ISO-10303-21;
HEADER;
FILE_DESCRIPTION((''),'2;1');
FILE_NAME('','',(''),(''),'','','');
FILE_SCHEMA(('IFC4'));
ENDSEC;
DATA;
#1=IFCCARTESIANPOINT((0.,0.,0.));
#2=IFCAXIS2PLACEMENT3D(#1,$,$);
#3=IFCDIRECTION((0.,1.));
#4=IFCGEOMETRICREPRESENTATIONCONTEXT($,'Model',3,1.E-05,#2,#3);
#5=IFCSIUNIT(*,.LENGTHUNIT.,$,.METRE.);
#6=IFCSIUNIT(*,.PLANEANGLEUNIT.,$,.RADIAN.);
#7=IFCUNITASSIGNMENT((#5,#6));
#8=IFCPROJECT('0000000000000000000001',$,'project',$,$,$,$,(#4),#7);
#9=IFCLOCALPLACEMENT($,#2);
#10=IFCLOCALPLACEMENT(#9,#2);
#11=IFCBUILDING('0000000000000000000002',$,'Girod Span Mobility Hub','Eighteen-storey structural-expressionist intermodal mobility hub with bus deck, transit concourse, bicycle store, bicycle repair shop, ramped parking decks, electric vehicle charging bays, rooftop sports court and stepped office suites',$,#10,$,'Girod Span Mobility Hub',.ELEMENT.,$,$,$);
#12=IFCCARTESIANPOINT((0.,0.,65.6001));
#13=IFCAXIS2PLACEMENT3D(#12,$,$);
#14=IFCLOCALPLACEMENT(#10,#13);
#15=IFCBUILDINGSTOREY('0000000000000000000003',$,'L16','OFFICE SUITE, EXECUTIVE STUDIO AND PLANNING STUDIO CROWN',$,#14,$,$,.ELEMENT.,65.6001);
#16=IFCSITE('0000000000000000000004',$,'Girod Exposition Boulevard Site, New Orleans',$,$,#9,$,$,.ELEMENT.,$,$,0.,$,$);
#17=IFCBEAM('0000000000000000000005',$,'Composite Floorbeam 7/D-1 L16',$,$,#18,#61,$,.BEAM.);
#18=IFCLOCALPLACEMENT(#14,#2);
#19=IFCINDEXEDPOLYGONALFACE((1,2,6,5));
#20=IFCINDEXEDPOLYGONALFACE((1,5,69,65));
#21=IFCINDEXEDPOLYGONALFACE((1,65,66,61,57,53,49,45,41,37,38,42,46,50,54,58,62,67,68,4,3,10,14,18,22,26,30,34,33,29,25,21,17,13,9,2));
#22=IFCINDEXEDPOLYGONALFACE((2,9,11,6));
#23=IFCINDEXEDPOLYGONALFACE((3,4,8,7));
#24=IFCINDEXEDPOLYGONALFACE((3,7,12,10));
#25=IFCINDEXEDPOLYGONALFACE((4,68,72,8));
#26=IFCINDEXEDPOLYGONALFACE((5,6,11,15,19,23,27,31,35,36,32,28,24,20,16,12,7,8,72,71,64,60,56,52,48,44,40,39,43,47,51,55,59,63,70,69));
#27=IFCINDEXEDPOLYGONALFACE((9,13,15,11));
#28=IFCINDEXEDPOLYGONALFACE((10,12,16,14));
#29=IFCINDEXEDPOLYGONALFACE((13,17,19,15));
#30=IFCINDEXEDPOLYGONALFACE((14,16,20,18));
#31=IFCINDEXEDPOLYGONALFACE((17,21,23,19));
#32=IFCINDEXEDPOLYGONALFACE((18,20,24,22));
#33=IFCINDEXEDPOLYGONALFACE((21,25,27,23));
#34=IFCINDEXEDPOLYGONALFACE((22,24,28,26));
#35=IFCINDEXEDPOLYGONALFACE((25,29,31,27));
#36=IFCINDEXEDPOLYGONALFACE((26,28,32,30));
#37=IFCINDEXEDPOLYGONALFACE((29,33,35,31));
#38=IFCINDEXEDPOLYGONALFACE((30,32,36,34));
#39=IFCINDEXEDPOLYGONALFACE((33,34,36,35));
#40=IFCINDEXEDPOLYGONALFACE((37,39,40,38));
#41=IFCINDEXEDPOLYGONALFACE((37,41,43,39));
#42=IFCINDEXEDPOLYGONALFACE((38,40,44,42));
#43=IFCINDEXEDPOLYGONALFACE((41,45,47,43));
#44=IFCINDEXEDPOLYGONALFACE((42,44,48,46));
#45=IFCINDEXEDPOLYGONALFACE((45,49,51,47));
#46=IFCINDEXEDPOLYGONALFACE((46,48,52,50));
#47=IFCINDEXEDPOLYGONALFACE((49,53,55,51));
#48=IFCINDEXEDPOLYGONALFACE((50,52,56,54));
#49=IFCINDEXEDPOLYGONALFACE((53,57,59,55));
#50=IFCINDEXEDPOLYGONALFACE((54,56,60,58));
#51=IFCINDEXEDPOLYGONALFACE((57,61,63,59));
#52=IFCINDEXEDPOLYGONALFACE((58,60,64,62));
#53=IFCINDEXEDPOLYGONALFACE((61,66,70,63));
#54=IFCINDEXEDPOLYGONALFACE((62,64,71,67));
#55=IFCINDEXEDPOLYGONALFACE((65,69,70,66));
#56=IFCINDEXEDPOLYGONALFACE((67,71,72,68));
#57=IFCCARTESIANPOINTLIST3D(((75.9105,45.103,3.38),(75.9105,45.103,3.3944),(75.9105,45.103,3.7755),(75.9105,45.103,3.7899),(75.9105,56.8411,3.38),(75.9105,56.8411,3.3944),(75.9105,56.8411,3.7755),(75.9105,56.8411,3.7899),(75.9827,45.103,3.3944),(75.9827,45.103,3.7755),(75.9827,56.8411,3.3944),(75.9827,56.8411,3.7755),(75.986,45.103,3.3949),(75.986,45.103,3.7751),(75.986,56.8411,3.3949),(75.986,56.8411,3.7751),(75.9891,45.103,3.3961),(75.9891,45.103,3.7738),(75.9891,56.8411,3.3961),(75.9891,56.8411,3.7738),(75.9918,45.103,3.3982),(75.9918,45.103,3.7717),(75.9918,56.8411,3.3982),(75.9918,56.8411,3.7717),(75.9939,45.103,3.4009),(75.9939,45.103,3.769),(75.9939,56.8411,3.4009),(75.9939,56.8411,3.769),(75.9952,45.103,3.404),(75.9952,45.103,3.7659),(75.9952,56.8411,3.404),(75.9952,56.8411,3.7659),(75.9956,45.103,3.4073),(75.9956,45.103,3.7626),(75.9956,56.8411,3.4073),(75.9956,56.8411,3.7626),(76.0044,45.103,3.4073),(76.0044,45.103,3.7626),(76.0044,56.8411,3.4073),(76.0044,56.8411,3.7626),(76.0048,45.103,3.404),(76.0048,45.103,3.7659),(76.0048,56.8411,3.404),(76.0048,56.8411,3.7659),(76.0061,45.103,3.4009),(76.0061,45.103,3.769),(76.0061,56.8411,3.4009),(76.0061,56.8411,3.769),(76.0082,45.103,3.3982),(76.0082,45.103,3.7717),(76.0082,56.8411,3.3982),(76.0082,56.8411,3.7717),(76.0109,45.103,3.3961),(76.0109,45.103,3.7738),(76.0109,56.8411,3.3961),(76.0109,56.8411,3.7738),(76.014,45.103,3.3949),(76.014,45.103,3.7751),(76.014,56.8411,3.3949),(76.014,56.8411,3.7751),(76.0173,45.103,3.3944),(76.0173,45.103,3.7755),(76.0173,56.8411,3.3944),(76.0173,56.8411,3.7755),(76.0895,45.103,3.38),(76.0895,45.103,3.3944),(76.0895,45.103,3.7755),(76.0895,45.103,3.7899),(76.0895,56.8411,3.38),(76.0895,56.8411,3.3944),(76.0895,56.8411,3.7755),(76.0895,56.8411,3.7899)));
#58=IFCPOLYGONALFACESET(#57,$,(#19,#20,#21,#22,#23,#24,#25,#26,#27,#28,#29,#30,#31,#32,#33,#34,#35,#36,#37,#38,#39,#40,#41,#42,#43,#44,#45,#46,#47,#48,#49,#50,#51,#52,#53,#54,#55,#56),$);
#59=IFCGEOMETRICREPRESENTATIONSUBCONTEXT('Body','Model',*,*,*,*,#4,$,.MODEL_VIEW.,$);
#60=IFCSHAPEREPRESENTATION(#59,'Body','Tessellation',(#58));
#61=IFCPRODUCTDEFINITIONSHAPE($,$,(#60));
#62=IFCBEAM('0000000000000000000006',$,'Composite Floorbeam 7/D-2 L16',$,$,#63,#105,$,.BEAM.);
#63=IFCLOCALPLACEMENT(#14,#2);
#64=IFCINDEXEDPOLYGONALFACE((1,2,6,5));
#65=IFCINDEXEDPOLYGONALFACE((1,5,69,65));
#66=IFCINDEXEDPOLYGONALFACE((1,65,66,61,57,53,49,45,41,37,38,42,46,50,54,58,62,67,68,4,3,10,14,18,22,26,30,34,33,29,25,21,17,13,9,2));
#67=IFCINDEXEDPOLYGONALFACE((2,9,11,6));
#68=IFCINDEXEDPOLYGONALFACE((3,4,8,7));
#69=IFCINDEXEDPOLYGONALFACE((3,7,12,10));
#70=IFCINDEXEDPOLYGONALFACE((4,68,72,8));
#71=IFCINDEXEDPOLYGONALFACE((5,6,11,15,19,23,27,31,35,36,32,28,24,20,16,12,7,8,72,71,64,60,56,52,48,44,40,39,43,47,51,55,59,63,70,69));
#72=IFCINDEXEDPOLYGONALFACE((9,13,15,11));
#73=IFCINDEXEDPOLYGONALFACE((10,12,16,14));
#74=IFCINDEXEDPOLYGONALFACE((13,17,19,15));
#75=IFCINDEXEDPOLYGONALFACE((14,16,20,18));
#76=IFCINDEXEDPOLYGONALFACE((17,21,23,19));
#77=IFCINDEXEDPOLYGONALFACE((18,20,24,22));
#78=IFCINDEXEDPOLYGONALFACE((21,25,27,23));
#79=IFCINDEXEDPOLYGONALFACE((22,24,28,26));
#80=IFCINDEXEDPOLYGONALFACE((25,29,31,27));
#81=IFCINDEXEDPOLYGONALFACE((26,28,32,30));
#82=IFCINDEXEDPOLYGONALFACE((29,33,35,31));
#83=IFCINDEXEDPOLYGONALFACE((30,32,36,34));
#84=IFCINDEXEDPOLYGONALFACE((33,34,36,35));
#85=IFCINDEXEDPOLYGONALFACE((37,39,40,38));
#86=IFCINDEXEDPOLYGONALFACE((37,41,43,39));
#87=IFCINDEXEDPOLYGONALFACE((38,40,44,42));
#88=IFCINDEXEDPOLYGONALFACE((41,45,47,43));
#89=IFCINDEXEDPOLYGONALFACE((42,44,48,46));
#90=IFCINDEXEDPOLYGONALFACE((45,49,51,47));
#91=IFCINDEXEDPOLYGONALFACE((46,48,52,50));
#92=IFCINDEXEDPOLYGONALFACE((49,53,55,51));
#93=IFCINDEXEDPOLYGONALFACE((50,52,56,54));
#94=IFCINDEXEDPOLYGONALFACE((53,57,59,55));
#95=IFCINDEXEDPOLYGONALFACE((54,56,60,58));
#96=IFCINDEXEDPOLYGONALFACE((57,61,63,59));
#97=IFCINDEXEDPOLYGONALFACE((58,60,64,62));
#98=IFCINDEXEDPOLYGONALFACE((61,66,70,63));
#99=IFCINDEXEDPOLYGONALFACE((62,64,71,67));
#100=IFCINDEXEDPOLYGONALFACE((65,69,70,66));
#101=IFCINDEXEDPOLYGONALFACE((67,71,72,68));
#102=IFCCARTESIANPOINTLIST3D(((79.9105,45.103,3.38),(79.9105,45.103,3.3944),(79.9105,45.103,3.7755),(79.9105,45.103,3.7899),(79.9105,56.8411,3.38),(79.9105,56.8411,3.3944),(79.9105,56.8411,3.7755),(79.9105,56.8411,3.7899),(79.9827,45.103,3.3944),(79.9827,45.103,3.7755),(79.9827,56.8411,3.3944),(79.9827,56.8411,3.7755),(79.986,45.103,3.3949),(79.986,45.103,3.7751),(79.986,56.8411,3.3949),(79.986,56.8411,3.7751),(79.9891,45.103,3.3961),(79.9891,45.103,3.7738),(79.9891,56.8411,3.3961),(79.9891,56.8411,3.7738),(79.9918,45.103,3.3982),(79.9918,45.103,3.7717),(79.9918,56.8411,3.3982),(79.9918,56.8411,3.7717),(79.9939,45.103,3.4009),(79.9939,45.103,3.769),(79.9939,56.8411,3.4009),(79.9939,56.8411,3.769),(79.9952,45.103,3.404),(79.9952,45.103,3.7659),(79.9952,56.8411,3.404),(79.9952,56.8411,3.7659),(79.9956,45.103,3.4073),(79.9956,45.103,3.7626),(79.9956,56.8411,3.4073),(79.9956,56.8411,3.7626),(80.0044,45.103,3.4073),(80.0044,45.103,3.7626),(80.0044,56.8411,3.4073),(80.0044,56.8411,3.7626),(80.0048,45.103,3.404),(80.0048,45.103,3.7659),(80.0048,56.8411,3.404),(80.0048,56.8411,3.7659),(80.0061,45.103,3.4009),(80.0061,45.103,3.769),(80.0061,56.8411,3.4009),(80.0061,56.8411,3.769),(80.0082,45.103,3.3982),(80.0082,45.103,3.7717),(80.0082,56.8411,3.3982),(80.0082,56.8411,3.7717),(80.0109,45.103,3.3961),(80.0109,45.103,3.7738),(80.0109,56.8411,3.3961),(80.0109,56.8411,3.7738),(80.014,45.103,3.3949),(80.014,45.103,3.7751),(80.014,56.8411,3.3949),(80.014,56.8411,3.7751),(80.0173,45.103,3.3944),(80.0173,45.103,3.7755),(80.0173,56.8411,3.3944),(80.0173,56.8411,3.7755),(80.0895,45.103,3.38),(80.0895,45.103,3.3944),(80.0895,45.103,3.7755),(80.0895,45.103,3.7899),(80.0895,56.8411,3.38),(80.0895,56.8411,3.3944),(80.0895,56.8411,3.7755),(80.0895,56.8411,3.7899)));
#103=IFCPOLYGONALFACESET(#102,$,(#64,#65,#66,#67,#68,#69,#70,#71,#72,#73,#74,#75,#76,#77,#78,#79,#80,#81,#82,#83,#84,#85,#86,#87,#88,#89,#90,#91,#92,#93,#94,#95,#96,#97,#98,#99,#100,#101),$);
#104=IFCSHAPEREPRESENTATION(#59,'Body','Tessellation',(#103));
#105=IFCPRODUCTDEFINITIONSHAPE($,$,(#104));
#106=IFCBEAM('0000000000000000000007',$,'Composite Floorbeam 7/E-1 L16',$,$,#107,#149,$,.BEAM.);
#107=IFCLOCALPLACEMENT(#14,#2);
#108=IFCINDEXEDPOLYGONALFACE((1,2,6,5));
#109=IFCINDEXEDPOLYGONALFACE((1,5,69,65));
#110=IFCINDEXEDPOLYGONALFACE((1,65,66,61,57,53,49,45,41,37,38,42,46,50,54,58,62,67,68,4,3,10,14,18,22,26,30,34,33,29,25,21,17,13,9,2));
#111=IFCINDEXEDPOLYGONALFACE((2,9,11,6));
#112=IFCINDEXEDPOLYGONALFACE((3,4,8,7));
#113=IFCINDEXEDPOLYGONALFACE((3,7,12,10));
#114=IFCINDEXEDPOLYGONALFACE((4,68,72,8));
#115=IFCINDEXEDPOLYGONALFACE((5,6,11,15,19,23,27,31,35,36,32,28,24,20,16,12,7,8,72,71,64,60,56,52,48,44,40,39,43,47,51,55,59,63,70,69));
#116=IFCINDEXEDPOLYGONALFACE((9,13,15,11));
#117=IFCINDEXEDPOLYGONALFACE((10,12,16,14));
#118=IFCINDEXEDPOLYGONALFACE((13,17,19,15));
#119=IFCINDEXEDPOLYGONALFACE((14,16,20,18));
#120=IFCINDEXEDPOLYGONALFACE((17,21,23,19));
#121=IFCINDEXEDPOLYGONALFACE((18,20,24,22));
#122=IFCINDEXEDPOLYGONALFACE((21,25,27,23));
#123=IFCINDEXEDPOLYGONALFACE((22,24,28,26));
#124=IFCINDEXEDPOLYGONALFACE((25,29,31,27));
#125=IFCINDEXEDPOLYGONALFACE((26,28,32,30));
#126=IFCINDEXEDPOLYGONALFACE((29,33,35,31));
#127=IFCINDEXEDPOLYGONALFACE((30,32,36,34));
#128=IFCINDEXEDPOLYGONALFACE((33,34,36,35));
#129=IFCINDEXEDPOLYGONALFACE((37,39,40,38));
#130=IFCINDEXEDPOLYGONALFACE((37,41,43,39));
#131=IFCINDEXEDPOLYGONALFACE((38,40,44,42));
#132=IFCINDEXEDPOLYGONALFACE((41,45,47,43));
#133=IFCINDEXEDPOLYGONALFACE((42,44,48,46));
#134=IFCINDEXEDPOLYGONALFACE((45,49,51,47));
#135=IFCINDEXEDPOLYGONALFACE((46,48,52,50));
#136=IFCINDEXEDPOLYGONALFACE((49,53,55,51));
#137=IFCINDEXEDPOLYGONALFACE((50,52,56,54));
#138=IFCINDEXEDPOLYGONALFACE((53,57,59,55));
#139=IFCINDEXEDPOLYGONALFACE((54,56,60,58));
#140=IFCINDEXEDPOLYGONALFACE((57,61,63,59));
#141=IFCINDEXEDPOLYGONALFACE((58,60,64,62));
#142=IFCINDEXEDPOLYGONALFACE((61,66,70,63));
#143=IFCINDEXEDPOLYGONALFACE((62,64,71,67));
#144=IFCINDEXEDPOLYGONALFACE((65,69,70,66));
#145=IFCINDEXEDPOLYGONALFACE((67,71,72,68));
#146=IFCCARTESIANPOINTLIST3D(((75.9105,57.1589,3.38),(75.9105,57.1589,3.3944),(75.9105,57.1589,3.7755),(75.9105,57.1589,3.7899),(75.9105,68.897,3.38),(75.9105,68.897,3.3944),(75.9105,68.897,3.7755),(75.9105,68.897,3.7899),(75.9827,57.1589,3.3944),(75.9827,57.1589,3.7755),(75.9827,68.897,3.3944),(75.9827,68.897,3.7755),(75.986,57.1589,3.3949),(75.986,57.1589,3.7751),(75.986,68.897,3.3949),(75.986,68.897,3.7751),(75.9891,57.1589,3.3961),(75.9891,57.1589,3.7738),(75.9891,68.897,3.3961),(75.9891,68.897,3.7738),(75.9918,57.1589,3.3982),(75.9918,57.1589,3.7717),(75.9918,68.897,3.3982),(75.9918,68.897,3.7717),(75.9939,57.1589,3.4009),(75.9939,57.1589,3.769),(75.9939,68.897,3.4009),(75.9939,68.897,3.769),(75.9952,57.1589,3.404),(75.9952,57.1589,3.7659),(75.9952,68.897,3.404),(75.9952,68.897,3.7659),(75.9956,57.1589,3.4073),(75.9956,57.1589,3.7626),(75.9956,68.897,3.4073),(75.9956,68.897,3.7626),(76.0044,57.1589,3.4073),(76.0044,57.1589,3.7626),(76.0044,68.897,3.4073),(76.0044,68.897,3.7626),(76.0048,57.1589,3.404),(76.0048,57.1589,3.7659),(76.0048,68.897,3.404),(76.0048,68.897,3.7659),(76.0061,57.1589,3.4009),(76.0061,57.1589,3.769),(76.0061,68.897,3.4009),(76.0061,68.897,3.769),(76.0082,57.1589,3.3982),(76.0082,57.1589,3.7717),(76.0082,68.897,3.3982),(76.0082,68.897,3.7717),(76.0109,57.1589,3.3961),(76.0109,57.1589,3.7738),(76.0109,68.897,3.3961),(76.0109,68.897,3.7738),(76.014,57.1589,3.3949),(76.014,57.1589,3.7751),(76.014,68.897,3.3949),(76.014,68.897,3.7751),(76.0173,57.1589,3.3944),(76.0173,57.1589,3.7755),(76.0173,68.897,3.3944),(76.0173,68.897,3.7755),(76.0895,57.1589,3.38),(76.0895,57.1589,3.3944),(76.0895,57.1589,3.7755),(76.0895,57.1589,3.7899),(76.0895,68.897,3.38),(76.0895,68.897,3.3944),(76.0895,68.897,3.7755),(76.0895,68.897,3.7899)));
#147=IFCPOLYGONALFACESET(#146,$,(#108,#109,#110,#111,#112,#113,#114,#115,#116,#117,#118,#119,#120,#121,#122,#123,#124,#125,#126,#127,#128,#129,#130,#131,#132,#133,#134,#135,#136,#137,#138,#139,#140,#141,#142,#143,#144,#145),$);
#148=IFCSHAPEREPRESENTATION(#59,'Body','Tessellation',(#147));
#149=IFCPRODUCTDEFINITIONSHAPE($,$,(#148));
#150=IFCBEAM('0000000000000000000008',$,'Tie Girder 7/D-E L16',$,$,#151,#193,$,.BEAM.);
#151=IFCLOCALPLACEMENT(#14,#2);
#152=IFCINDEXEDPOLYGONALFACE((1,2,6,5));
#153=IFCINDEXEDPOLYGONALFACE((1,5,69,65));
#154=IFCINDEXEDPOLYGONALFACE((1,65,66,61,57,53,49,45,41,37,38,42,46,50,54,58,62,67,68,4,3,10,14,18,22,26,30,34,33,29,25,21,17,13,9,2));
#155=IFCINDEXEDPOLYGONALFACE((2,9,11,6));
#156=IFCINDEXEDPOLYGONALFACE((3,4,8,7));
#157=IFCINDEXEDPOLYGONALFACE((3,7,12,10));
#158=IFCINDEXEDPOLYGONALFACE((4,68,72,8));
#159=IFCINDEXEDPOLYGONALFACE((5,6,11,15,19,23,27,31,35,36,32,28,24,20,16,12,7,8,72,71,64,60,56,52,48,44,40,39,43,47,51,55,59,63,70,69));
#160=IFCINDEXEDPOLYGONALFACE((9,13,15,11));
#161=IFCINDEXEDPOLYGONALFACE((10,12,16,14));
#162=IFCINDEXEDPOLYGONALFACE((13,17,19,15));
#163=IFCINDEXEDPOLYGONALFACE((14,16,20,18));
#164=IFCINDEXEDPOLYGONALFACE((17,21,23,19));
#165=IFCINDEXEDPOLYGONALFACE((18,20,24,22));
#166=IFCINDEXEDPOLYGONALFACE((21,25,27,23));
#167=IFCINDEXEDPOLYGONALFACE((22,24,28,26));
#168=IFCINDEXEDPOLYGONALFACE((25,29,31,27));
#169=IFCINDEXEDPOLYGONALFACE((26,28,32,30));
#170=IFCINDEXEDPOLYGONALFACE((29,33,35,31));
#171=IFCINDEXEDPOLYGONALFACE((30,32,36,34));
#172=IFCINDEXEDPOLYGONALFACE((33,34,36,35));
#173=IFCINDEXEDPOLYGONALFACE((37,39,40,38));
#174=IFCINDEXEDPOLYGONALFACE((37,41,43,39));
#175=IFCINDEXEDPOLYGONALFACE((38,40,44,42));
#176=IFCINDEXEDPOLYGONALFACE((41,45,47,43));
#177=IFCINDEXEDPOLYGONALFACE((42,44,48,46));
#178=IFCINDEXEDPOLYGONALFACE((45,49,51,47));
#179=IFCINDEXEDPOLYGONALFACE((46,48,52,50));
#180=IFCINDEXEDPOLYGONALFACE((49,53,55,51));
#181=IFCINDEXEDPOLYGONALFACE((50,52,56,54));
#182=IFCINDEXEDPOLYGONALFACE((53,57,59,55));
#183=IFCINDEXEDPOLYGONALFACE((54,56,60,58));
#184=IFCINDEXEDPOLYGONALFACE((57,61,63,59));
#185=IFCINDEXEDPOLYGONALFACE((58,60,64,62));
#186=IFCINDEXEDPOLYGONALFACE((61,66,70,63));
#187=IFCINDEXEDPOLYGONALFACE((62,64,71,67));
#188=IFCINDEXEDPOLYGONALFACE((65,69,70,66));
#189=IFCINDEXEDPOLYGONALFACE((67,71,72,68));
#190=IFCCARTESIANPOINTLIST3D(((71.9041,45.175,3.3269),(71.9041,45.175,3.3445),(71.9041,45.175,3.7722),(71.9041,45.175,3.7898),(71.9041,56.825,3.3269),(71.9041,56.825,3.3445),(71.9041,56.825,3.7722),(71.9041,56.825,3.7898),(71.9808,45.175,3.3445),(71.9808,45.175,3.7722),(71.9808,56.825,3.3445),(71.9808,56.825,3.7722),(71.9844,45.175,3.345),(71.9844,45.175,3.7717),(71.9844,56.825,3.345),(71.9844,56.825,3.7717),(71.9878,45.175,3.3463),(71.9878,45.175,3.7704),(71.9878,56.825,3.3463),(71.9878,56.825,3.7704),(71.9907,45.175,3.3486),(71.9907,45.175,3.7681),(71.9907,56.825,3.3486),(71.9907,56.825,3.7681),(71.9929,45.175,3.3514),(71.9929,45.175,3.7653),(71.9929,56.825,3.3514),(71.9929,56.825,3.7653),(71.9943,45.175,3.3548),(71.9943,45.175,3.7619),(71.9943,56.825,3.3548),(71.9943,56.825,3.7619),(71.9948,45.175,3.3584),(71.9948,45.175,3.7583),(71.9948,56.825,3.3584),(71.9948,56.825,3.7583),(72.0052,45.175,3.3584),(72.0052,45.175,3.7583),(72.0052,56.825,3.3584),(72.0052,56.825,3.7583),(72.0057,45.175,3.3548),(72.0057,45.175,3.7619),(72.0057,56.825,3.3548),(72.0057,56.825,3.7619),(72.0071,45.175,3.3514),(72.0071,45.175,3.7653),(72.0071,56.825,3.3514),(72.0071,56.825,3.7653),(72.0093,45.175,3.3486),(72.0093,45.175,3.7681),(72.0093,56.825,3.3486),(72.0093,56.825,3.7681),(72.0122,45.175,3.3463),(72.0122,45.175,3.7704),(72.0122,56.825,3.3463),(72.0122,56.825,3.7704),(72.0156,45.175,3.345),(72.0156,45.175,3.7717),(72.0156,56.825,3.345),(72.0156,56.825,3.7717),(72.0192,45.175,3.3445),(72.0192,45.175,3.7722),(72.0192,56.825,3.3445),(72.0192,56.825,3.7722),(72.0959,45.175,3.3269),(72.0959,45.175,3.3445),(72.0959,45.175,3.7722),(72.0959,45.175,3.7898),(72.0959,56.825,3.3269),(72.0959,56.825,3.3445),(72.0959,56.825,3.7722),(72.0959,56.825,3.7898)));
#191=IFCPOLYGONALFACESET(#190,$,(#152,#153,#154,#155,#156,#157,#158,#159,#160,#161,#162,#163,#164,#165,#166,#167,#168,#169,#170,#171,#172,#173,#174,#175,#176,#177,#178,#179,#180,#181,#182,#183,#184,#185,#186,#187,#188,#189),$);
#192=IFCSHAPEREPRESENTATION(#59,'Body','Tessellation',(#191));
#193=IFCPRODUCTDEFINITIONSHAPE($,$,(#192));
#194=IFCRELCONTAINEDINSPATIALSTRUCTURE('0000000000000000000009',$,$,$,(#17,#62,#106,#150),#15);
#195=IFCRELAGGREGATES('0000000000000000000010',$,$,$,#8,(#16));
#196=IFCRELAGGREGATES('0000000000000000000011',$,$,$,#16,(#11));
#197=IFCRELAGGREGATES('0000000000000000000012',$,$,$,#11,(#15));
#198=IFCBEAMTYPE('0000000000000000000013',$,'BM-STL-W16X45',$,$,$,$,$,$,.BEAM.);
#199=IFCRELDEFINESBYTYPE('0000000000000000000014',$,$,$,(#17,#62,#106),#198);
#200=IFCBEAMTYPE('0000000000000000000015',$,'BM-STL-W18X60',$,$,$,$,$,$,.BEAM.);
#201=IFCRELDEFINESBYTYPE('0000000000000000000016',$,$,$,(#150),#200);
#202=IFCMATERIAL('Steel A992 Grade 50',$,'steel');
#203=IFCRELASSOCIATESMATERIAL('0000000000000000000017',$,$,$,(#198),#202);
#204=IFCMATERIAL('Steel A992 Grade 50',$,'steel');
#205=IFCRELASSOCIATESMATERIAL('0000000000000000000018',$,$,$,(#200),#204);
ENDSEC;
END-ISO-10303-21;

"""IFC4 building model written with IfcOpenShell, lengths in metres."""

from ifc_helpers import new_model, si_unit, direction, frame, origin, origin_2d, place, context, subcontext, project, spatial, i_section, extrude, material, material_profile, profile_set, type_object, element, save


model = new_model("IFC4")

# Units and contexts
model_context = context("Model", 3, precision=1e-05, world=origin(), true_north=direction((0.0, 1.0)))
body_context = subcontext(model_context, "Body", "Model", "MODEL_VIEW")
ifc_project = project(units=[si_unit("LENGTHUNIT", "METRE"), si_unit("PLANEANGLEUNIT", "RADIAN")], contexts=[model_context])

# Site, building, storey
site_placement = place(None, origin())
site = spatial("IfcSite", under=ifc_project, at=site_placement, Name="Girod Exposition Boulevard Site, New Orleans", CompositionType="ELEMENT", RefElevation=0.0)
building_placement = place(site_placement, origin())
building = spatial("IfcBuilding", under=site, at=building_placement, Name="Girod Span Mobility Hub", Description="Eighteen-storey structural-expressionist intermodal mobility hub with bus deck, transit concourse, bicycle store, bicycle repair shop, ramped parking decks, electric vehicle charging bays, rooftop sports court and stepped office suites", LongName="Girod Span Mobility Hub", CompositionType="ELEMENT")
storey_placement = place(building_placement, frame((0.0, 0.0, 65.6001)))
storey = spatial("IfcBuildingStorey", under=building, at=storey_placement, Name="L16", Description="OFFICE SUITE, EXECUTIVE STUDIO AND PLANNING STUDIO CROWN", CompositionType="ELEMENT", Elevation=65.6001)

# Beams
ifc_material_1 = material(Name="Steel A992 Grade 50", Category="steel")
ifc_material_profile_1 = material_profile(ifc_material_1, i_section(OverallWidth=0.179, OverallDepth=0.4099, WebThickness=0.0088, FlangeThickness=0.0144, FilletRadius=0.0129, at=origin_2d()), Name="W16X45")
ifc_profile_set_1 = profile_set([ifc_material_profile_1], Name="Steel A992 Grade 50")
beam_type_1 = type_object("IfcBeamType", Name="BM-STL-W16X45", PredefinedType="BEAM", material=ifc_profile_set_1)
for number, where, z_axis, x_axis, name in (
    (1, (76.0, 45.103, 3.585), (0.0, 1.0, 0.0), (-1.0, 0.0, 0.0), "Composite Floorbeam 7/D-1 L16"),
    (2, (80.0, 45.103, 3.585), (0.0, 1.0, 0.0), (-1.0, 0.0, 0.0), "Composite Floorbeam 7/D-2 L16"),
    (3, (76.0, 57.1589, 3.585), (0.0, 1.0, 0.0), (-1.0, 0.0, 0.0), "Composite Floorbeam 7/E-1 L16"),
):
    element("IfcBeam", number, at=place(storey_placement, frame(where, z_axis=z_axis, x_axis=x_axis)), inside=storey, type_object=beam_type_1, Name=name, PredefinedType="BEAM", context=body_context, shape_type="SweptSolid", body=[
        extrude(i_section(OverallWidth=0.179, OverallDepth=0.4099, WebThickness=0.0088, FlangeThickness=0.0144, FilletRadius=0.0129, at=origin_2d()), origin(), (0.0, 0.0, 1.0), 11.738),
    ])
ifc_material_2 = material(Name="Steel A992 Grade 50", Category="steel")
ifc_material_profile_2 = material_profile(ifc_material_2, i_section(OverallWidth=0.1919, OverallDepth=0.4629, WebThickness=0.0105, FlangeThickness=0.0176, FilletRadius=0.0139, at=origin_2d()), Name="W18X60")
ifc_profile_set_2 = profile_set([ifc_material_profile_2], Name="Steel A992 Grade 50")
beam_type_2 = type_object("IfcBeamType", Name="BM-STL-W18X60", PredefinedType="BEAM", material=ifc_profile_set_2)
beam_1_placement = place(storey_placement, frame((72.0, 45.175, 3.5583), z_axis=(0.0, 1.0, 0.0), x_axis=(-1.0, 0.0, 0.0)))
element("IfcBeam", 4, at=beam_1_placement, inside=storey, type_object=beam_type_2, Name="Tie Girder 7/D-E L16", PredefinedType="BEAM", context=body_context, shape_type="SweptSolid", body=[
    extrude(i_section(OverallWidth=0.1919, OverallDepth=0.4629, WebThickness=0.0105, FlangeThickness=0.0176, FilletRadius=0.0139, at=origin_2d()), origin(), (0.0, 0.0, 1.0), 11.6499),
])

save(model, "model.ifc")
